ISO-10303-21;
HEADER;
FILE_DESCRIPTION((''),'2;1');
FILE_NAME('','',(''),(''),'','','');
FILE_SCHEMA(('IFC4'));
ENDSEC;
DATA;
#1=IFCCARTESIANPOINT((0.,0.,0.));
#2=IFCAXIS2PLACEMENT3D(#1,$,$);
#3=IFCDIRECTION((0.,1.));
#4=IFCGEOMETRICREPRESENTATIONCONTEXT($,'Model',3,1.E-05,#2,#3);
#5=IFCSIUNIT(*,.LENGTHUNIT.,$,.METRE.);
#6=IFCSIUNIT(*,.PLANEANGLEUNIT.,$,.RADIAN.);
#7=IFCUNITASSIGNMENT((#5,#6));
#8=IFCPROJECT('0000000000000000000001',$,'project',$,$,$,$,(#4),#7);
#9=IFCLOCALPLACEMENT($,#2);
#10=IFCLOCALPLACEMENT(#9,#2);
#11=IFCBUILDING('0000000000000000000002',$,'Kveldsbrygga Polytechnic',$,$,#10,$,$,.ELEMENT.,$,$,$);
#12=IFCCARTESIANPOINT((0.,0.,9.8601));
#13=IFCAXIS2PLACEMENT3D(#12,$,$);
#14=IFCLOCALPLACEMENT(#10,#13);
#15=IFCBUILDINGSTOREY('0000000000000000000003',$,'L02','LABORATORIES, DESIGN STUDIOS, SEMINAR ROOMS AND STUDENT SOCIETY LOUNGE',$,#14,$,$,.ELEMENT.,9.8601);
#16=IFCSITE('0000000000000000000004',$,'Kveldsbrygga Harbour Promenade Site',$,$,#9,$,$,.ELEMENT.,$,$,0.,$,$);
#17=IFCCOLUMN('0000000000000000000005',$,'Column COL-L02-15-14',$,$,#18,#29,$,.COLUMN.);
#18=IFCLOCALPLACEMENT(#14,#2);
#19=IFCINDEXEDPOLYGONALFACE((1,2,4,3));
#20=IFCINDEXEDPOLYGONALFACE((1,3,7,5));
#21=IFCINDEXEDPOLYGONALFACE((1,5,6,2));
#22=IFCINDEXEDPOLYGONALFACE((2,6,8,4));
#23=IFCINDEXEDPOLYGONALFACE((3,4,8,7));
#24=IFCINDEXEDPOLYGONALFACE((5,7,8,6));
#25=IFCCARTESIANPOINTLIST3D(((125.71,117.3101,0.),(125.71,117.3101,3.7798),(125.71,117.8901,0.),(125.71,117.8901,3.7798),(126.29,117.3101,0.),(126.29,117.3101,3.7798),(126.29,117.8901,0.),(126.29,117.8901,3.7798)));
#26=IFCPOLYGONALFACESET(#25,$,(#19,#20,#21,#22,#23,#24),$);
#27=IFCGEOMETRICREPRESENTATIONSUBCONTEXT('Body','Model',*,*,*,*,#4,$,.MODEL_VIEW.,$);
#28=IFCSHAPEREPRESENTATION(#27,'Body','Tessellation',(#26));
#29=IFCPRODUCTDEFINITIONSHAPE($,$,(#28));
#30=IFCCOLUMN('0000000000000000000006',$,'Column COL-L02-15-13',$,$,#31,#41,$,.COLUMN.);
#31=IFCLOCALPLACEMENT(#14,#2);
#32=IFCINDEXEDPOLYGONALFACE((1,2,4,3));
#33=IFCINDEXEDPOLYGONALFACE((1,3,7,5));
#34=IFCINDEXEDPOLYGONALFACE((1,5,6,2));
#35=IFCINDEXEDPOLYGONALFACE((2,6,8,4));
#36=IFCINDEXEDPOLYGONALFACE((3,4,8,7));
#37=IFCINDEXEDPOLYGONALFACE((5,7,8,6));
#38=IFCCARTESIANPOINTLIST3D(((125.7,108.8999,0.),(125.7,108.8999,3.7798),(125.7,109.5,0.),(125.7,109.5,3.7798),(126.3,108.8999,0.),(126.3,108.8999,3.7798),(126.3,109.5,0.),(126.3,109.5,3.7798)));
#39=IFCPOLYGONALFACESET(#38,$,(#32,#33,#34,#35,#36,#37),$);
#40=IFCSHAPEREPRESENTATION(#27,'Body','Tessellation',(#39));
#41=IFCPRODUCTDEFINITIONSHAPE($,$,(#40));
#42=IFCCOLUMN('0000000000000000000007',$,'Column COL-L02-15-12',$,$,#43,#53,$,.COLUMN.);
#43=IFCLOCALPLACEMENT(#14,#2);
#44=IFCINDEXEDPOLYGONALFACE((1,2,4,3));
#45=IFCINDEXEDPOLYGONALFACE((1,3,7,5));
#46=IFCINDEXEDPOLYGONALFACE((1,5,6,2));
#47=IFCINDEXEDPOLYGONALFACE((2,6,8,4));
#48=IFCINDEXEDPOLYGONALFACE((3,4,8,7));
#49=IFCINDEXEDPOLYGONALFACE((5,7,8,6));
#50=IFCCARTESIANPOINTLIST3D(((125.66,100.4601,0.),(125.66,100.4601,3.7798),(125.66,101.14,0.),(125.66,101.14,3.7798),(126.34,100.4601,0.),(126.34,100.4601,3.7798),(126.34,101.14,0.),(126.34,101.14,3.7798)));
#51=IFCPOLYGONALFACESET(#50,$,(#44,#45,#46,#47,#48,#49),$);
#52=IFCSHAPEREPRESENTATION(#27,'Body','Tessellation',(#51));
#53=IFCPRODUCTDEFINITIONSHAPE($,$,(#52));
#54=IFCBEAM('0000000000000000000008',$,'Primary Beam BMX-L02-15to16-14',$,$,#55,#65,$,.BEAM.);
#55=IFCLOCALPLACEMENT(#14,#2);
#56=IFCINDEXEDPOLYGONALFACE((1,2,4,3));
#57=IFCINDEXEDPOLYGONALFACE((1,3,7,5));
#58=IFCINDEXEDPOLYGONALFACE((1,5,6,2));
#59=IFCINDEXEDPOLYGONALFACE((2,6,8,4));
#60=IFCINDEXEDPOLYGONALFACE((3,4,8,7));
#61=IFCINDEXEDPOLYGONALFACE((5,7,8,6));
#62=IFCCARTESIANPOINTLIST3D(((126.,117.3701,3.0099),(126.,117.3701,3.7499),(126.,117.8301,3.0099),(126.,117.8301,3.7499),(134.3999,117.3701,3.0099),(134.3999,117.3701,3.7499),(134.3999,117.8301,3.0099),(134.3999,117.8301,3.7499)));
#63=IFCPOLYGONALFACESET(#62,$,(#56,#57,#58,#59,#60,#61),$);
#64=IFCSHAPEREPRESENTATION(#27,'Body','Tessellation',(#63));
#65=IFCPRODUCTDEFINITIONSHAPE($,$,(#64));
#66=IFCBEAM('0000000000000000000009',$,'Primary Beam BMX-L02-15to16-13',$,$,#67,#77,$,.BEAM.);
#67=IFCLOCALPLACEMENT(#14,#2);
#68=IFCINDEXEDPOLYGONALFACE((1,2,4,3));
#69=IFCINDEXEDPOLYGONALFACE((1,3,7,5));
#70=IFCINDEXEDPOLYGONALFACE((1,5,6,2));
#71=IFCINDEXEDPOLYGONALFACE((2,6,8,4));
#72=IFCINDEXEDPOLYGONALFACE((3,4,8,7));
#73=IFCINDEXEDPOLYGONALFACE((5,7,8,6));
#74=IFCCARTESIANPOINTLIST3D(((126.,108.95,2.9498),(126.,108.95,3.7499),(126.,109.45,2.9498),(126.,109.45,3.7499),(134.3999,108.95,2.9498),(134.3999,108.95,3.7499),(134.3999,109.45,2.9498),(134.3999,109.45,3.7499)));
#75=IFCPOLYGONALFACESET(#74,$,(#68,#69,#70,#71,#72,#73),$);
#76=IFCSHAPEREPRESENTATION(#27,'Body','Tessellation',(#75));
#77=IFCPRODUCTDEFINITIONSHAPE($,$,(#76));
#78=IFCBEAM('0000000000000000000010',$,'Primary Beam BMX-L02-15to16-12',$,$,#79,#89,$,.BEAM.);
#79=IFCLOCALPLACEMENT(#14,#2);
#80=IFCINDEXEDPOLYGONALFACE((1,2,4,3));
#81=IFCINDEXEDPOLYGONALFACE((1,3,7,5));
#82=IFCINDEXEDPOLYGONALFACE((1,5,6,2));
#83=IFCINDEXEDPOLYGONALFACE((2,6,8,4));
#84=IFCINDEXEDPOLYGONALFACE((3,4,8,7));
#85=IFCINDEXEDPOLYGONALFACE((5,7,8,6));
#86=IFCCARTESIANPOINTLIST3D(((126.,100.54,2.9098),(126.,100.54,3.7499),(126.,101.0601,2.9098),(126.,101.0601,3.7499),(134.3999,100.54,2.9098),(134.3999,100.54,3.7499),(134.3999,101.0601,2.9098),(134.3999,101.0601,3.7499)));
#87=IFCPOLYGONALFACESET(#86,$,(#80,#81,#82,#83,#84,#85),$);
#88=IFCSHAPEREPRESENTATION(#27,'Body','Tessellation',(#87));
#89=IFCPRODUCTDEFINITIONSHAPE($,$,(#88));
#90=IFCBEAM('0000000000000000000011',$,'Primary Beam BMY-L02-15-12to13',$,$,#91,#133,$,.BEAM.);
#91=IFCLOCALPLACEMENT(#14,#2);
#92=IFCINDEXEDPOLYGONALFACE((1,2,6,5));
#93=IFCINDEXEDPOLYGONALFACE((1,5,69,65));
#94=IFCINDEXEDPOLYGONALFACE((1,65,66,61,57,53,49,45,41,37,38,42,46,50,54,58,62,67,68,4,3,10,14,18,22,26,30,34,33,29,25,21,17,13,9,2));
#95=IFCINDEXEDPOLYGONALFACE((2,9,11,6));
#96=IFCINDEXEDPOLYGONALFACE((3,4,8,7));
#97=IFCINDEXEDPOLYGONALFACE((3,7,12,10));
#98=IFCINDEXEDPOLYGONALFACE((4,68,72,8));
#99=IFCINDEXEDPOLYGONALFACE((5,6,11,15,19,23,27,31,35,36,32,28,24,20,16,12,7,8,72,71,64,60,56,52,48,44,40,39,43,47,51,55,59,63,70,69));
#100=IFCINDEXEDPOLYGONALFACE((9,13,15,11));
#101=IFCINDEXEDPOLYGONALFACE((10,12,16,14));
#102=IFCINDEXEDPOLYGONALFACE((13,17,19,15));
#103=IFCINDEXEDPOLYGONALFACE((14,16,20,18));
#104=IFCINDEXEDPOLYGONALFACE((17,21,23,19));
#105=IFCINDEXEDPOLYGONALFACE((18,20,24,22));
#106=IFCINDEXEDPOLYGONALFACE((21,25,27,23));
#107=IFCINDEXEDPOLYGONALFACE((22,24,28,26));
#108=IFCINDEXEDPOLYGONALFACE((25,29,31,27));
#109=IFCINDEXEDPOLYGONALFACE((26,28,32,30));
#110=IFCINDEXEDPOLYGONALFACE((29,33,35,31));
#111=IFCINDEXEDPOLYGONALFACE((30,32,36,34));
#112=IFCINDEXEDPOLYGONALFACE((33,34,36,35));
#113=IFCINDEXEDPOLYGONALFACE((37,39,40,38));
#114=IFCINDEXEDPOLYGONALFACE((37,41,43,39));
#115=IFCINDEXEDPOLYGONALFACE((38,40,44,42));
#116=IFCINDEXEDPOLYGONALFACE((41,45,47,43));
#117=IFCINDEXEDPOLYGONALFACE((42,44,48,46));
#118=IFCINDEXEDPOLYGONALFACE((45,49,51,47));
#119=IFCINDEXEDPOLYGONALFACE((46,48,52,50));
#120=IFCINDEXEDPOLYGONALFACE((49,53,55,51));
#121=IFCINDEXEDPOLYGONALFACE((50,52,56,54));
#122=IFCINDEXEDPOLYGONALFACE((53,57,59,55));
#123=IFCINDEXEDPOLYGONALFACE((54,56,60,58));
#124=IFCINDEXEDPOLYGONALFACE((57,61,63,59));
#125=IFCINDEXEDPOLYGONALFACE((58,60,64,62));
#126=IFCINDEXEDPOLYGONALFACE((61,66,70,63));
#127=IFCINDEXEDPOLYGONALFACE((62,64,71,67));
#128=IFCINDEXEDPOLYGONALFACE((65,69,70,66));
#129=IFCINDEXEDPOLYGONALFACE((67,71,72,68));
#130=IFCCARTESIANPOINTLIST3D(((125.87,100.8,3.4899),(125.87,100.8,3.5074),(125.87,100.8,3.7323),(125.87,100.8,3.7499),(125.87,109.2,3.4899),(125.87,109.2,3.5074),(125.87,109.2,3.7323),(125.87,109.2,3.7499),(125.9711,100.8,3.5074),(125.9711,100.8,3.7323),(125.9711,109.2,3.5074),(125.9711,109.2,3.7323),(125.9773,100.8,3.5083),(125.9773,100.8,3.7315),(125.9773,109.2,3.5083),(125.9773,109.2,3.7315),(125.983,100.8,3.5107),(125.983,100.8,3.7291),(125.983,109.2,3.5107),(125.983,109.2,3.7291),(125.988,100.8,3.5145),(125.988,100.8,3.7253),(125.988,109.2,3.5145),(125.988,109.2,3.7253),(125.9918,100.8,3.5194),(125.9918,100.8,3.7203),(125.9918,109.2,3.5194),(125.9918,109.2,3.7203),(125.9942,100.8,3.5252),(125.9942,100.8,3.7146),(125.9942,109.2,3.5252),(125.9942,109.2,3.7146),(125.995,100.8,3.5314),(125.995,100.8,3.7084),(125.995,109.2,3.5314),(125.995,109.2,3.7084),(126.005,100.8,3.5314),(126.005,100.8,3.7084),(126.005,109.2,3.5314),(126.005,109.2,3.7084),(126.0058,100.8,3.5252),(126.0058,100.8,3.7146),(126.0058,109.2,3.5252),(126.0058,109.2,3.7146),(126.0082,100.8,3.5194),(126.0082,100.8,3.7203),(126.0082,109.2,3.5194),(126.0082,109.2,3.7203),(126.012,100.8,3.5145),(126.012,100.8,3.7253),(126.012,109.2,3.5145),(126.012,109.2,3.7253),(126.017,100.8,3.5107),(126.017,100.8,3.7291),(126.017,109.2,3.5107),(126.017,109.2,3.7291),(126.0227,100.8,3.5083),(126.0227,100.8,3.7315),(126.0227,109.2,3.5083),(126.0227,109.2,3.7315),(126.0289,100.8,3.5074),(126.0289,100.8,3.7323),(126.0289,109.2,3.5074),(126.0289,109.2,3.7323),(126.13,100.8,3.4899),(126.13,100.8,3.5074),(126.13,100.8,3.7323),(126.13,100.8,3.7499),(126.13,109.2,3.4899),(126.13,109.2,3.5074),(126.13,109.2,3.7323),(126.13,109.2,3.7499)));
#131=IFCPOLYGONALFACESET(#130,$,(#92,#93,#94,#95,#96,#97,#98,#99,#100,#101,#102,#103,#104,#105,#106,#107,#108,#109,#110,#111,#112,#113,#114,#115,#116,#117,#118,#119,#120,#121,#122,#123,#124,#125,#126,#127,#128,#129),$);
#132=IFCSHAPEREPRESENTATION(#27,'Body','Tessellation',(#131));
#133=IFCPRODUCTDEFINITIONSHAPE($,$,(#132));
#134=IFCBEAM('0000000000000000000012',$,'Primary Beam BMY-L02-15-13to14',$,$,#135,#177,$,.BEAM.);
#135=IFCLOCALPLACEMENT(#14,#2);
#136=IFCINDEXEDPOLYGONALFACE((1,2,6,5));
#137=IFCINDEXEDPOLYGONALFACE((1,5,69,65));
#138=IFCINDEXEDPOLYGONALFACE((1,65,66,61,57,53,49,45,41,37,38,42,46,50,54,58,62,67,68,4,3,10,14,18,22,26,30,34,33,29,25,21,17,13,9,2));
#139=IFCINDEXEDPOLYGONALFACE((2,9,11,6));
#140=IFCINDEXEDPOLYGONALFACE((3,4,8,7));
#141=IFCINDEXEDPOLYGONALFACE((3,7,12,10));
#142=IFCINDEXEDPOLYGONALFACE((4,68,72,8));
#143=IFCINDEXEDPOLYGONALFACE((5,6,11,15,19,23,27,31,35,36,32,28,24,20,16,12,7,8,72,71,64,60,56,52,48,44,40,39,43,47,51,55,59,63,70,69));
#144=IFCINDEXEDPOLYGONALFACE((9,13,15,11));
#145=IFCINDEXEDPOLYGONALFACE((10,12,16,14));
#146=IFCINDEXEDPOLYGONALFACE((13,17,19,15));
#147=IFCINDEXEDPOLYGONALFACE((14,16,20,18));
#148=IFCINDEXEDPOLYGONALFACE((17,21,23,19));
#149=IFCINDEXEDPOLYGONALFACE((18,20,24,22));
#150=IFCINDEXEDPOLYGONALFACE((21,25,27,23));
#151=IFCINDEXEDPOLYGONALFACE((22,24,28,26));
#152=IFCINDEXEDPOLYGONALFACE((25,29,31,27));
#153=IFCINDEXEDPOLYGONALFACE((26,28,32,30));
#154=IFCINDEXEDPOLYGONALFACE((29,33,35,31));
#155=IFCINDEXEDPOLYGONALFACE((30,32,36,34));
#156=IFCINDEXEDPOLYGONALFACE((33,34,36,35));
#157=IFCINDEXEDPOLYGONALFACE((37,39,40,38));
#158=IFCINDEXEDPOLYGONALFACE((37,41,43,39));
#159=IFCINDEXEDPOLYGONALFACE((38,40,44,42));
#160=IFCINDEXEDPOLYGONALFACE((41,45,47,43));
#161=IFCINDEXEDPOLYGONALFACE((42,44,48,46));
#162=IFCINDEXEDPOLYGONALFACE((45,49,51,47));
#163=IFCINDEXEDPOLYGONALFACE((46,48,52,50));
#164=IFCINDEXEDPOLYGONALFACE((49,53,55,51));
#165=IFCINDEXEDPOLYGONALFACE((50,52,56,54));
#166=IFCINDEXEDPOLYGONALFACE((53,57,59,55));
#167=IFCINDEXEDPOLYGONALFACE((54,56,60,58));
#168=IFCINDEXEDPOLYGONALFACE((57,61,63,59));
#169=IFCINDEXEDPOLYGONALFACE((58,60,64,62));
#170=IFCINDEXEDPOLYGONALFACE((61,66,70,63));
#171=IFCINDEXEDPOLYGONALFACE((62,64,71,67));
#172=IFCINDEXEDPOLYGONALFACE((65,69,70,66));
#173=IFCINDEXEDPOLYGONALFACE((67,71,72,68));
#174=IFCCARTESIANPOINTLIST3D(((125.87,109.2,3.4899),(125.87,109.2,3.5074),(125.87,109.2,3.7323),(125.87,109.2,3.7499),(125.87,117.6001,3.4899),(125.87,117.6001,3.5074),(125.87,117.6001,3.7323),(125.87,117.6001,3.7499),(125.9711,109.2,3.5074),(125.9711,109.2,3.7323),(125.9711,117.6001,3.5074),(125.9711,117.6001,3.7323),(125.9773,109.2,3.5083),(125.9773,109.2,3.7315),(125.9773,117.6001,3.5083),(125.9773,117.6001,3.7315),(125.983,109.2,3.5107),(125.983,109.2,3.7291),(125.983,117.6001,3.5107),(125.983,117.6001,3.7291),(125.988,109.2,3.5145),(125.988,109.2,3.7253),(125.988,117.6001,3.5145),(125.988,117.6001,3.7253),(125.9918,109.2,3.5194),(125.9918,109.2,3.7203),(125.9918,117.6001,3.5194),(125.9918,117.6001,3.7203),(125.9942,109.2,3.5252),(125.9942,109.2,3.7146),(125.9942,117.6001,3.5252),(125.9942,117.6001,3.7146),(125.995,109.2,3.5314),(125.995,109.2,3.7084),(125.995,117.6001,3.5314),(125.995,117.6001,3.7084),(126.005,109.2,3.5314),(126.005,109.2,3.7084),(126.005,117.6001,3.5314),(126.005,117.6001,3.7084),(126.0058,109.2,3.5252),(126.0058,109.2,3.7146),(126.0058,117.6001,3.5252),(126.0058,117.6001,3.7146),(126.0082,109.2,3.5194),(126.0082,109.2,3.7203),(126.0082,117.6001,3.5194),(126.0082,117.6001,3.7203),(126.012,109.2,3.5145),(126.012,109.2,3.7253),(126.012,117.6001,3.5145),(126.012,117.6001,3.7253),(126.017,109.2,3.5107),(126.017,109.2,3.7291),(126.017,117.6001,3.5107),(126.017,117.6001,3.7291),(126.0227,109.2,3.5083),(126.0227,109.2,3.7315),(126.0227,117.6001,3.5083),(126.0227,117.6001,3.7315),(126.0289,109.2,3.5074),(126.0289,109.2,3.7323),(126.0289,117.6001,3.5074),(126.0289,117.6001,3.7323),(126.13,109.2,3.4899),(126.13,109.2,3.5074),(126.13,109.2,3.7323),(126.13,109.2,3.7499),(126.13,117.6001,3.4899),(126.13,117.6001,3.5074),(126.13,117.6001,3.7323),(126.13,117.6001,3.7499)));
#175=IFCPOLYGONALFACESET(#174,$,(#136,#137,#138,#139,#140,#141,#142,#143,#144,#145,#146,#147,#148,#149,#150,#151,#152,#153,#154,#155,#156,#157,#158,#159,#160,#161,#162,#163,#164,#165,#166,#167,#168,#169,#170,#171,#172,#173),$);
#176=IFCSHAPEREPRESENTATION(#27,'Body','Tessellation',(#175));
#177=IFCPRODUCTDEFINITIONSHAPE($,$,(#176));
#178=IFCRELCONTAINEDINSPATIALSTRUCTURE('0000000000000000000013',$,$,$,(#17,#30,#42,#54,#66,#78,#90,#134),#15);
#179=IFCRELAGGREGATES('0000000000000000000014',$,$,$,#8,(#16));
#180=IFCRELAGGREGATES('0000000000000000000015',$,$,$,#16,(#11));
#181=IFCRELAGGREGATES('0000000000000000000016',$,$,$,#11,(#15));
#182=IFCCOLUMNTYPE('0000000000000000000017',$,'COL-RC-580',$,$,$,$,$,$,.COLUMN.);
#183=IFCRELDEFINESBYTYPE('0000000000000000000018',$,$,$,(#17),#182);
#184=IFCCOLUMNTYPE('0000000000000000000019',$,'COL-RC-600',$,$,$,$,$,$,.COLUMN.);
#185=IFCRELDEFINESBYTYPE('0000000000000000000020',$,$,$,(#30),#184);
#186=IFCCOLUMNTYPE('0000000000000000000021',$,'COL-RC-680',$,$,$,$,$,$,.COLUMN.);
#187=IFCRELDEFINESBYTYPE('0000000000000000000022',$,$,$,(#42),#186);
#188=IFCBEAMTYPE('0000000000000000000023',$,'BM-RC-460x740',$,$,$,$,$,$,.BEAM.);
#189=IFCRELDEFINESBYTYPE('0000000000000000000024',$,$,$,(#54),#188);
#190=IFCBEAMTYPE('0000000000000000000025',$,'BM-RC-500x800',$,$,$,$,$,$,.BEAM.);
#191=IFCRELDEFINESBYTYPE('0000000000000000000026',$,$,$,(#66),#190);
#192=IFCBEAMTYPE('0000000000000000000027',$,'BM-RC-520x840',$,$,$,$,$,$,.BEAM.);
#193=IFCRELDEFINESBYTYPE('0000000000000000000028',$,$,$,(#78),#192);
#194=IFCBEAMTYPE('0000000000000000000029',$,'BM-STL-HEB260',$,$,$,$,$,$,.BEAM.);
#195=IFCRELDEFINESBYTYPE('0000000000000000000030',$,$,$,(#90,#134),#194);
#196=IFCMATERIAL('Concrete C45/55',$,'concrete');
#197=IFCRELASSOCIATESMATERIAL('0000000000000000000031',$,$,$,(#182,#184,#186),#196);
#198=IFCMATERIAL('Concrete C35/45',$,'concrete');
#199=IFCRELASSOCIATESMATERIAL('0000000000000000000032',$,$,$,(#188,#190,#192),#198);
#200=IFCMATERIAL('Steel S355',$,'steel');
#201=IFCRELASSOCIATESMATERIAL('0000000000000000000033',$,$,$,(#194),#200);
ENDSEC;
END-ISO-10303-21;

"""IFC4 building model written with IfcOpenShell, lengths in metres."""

from ifc_helpers import new_model, si_unit, direction, frame, origin, origin_2d, place, context, subcontext, project, spatial, rectangle, i_section, extrude, material, material_profile, profile_set, type_object, element, save


model = new_model("IFC4")

# Units and contexts
model_context = context("Model", 3, precision=1e-05, world=origin(), true_north=direction((0.0, 1.0)))
body_context = subcontext(model_context, "Body", "Model", "MODEL_VIEW")
ifc_project = project(units=[si_unit("LENGTHUNIT", "METRE"), si_unit("PLANEANGLEUNIT", "RADIAN")], contexts=[model_context])

# Site, building, storey
site_placement = place(None, origin())
site = spatial("IfcSite", under=ifc_project, at=site_placement, Name="Kveldsbrygga Harbour Promenade Site", CompositionType="ELEMENT", RefElevation=0.0)
building_placement = place(site_placement, origin())
building = spatial("IfcBuilding", under=site, at=building_placement, Name="Kveldsbrygga Polytechnic", CompositionType="ELEMENT")
storey_placement = place(building_placement, frame((0.0, 0.0, 9.8601)))
storey = spatial("IfcBuildingStorey", under=building, at=storey_placement, Name="L02", Description="LABORATORIES, DESIGN STUDIOS, SEMINAR ROOMS AND STUDENT SOCIETY LOUNGE", CompositionType="ELEMENT", Elevation=9.8601)

# Columns
ifc_material_1 = material(Name="Concrete C45/55", Category="concrete")
ifc_material_profile_1 = material_profile(ifc_material_1, rectangle(XDim=0.5801, YDim=0.5801, at=origin_2d()), Name="RC 580x580")
ifc_profile_set_1 = profile_set([ifc_material_profile_1], Name="Concrete C45/55")
column_type_1 = type_object("IfcColumnType", Name="COL-RC-580", PredefinedType="COLUMN", material=ifc_profile_set_1)
column_1_placement = place(storey_placement, frame((126.0, 117.6001, 0.0), z_axis=(0.0, 0.0, 1.0), x_axis=(1.0, 0.0, 0.0)))
element("IfcColumn", 1, at=column_1_placement, inside=storey, type_object=column_type_1, Name="Column COL-L02-15-14", PredefinedType="COLUMN", context=body_context, shape_type="SweptSolid", body=[
    extrude(rectangle(XDim=0.5801, YDim=0.5801, at=origin_2d()), origin(), (0.0, 0.0, 1.0), 3.7798),
])
ifc_material_profile_2 = material_profile(ifc_material_1, rectangle(XDim=0.6001, YDim=0.6001, at=origin_2d()), Name="RC 600x600")
ifc_profile_set_2 = profile_set([ifc_material_profile_2], Name="Concrete C45/55")
column_type_2 = type_object("IfcColumnType", Name="COL-RC-600", PredefinedType="COLUMN", material=ifc_profile_set_2)
column_2_placement = place(storey_placement, frame((126.0, 109.2, 0.0), z_axis=(0.0, 0.0, 1.0), x_axis=(1.0, 0.0, 0.0)))
element("IfcColumn", 2, at=column_2_placement, inside=storey, type_object=column_type_2, Name="Column COL-L02-15-13", PredefinedType="COLUMN", context=body_context, shape_type="SweptSolid", body=[
    extrude(rectangle(XDim=0.6001, YDim=0.6001, at=origin_2d()), origin(), (0.0, 0.0, 1.0), 3.7798),
])
ifc_material_profile_3 = material_profile(ifc_material_1, rectangle(XDim=0.6799, YDim=0.6799, at=origin_2d()), Name="RC 680x680")
ifc_profile_set_3 = profile_set([ifc_material_profile_3], Name="Concrete C45/55")
column_type_3 = type_object("IfcColumnType", Name="COL-RC-680", PredefinedType="COLUMN", material=ifc_profile_set_3)
column_3_placement = place(storey_placement, frame((126.0, 100.8, 0.0), z_axis=(0.0, 0.0, 1.0), x_axis=(1.0, 0.0, 0.0)))
element("IfcColumn", 3, at=column_3_placement, inside=storey, type_object=column_type_3, Name="Column COL-L02-15-12", PredefinedType="COLUMN", context=body_context, shape_type="SweptSolid", body=[
    extrude(rectangle(XDim=0.6799, YDim=0.6799, at=origin_2d()), origin(), (0.0, 0.0, 1.0), 3.7798),
])

# Beams
ifc_material_2 = material(Name="Concrete C35/45", Category="concrete")
ifc_material_profile_4 = material_profile(ifc_material_2, rectangle(XDim=0.46, YDim=0.74, at=origin_2d()), Name="RC 460x740")
ifc_profile_set_4 = profile_set([ifc_material_profile_4], Name="Concrete C35/45")
beam_type_1 = type_object("IfcBeamType", Name="BM-RC-460x740", PredefinedType="BEAM", material=ifc_profile_set_4)
beam_1_placement = place(storey_placement, frame((126.0, 117.6001, 3.3799), z_axis=(1.0, 0.0, 0.0), x_axis=(0.0, 1.0, 0.0)))
element("IfcBeam", 4, at=beam_1_placement, inside=storey, type_object=beam_type_1, Name="Primary Beam BMX-L02-15to16-14", PredefinedType="BEAM", context=body_context, shape_type="SweptSolid", body=[
    extrude(rectangle(XDim=0.46, YDim=0.74, at=origin_2d()), origin(), (0.0, 0.0, 1.0), 8.3999),
])
ifc_material_profile_5 = material_profile(ifc_material_2, rectangle(XDim=0.5, YDim=0.8, at=origin_2d()), Name="RC 500x800")
ifc_profile_set_5 = profile_set([ifc_material_profile_5], Name="Concrete C35/45")
beam_type_2 = type_object("IfcBeamType", Name="BM-RC-500x800", PredefinedType="BEAM", material=ifc_profile_set_5)
beam_2_placement = place(storey_placement, frame((126.0, 109.2, 3.3499), z_axis=(1.0, 0.0, 0.0), x_axis=(0.0, 1.0, 0.0)))
element("IfcBeam", 5, at=beam_2_placement, inside=storey, type_object=beam_type_2, Name="Primary Beam BMX-L02-15to16-13", PredefinedType="BEAM", context=body_context, shape_type="SweptSolid", body=[
    extrude(rectangle(XDim=0.5, YDim=0.8, at=origin_2d()), origin(), (0.0, 0.0, 1.0), 8.3999),
])
ifc_material_profile_6 = material_profile(ifc_material_2, rectangle(XDim=0.52, YDim=0.8401, at=origin_2d()), Name="RC 520x840")
ifc_profile_set_6 = profile_set([ifc_material_profile_6], Name="Concrete C35/45")
beam_type_3 = type_object("IfcBeamType", Name="BM-RC-520x840", PredefinedType="BEAM", material=ifc_profile_set_6)
beam_3_placement = place(storey_placement, frame((126.0, 100.8, 3.3298), z_axis=(1.0, 0.0, 0.0), x_axis=(0.0, 1.0, 0.0)))
element("IfcBeam", 6, at=beam_3_placement, inside=storey, type_object=beam_type_3, Name="Primary Beam BMX-L02-15to16-12", PredefinedType="BEAM", context=body_context, shape_type="SweptSolid", body=[
    extrude(rectangle(XDim=0.52, YDim=0.8401, at=origin_2d()), origin(), (0.0, 0.0, 1.0), 8.3999),
])
ifc_material_3 = material(Name="Steel S355", Category="steel")
ifc_material_profile_7 = material_profile(ifc_material_3, i_section(OverallWidth=0.26, OverallDepth=0.26, WebThickness=0.01, FlangeThickness=0.0176, FilletRadius=0.0239, at=origin_2d()), Name="HEB 260")
ifc_profile_set_7 = profile_set([ifc_material_profile_7], Name="Steel S355")
beam_type_4 = type_object("IfcBeamType", Name="BM-STL-HEB260", PredefinedType="BEAM", material=ifc_profile_set_7)
beam_4_placement = place(storey_placement, frame((126.0, 100.8, 3.6199), z_axis=(0.0, 1.0, 0.0), x_axis=(-1.0, 0.0, 0.0)))
element("IfcBeam", 7, at=beam_4_placement, inside=storey, type_object=beam_type_4, Name="Primary Beam BMY-L02-15-12to13", PredefinedType="BEAM", context=body_context, shape_type="SweptSolid", body=[
    extrude(i_section(OverallWidth=0.26, OverallDepth=0.26, WebThickness=0.01, FlangeThickness=0.0176, FilletRadius=0.0239, at=origin_2d()), origin(), (0.0, 0.0, 1.0), 8.3999),
])
beam_5_placement = place(storey_placement, frame((126.0, 109.2, 3.6199), z_axis=(0.0, 1.0, 0.0), x_axis=(-1.0, 0.0, 0.0)))
element("IfcBeam", 8, at=beam_5_placement, inside=storey, type_object=beam_type_4, Name="Primary Beam BMY-L02-15-13to14", PredefinedType="BEAM", context=body_context, shape_type="SweptSolid", body=[
    extrude(i_section(OverallWidth=0.26, OverallDepth=0.26, WebThickness=0.01, FlangeThickness=0.0176, FilletRadius=0.0239, at=origin_2d()), origin(), (0.0, 0.0, 1.0), 8.4001),
])

save(model, "model.ifc")
